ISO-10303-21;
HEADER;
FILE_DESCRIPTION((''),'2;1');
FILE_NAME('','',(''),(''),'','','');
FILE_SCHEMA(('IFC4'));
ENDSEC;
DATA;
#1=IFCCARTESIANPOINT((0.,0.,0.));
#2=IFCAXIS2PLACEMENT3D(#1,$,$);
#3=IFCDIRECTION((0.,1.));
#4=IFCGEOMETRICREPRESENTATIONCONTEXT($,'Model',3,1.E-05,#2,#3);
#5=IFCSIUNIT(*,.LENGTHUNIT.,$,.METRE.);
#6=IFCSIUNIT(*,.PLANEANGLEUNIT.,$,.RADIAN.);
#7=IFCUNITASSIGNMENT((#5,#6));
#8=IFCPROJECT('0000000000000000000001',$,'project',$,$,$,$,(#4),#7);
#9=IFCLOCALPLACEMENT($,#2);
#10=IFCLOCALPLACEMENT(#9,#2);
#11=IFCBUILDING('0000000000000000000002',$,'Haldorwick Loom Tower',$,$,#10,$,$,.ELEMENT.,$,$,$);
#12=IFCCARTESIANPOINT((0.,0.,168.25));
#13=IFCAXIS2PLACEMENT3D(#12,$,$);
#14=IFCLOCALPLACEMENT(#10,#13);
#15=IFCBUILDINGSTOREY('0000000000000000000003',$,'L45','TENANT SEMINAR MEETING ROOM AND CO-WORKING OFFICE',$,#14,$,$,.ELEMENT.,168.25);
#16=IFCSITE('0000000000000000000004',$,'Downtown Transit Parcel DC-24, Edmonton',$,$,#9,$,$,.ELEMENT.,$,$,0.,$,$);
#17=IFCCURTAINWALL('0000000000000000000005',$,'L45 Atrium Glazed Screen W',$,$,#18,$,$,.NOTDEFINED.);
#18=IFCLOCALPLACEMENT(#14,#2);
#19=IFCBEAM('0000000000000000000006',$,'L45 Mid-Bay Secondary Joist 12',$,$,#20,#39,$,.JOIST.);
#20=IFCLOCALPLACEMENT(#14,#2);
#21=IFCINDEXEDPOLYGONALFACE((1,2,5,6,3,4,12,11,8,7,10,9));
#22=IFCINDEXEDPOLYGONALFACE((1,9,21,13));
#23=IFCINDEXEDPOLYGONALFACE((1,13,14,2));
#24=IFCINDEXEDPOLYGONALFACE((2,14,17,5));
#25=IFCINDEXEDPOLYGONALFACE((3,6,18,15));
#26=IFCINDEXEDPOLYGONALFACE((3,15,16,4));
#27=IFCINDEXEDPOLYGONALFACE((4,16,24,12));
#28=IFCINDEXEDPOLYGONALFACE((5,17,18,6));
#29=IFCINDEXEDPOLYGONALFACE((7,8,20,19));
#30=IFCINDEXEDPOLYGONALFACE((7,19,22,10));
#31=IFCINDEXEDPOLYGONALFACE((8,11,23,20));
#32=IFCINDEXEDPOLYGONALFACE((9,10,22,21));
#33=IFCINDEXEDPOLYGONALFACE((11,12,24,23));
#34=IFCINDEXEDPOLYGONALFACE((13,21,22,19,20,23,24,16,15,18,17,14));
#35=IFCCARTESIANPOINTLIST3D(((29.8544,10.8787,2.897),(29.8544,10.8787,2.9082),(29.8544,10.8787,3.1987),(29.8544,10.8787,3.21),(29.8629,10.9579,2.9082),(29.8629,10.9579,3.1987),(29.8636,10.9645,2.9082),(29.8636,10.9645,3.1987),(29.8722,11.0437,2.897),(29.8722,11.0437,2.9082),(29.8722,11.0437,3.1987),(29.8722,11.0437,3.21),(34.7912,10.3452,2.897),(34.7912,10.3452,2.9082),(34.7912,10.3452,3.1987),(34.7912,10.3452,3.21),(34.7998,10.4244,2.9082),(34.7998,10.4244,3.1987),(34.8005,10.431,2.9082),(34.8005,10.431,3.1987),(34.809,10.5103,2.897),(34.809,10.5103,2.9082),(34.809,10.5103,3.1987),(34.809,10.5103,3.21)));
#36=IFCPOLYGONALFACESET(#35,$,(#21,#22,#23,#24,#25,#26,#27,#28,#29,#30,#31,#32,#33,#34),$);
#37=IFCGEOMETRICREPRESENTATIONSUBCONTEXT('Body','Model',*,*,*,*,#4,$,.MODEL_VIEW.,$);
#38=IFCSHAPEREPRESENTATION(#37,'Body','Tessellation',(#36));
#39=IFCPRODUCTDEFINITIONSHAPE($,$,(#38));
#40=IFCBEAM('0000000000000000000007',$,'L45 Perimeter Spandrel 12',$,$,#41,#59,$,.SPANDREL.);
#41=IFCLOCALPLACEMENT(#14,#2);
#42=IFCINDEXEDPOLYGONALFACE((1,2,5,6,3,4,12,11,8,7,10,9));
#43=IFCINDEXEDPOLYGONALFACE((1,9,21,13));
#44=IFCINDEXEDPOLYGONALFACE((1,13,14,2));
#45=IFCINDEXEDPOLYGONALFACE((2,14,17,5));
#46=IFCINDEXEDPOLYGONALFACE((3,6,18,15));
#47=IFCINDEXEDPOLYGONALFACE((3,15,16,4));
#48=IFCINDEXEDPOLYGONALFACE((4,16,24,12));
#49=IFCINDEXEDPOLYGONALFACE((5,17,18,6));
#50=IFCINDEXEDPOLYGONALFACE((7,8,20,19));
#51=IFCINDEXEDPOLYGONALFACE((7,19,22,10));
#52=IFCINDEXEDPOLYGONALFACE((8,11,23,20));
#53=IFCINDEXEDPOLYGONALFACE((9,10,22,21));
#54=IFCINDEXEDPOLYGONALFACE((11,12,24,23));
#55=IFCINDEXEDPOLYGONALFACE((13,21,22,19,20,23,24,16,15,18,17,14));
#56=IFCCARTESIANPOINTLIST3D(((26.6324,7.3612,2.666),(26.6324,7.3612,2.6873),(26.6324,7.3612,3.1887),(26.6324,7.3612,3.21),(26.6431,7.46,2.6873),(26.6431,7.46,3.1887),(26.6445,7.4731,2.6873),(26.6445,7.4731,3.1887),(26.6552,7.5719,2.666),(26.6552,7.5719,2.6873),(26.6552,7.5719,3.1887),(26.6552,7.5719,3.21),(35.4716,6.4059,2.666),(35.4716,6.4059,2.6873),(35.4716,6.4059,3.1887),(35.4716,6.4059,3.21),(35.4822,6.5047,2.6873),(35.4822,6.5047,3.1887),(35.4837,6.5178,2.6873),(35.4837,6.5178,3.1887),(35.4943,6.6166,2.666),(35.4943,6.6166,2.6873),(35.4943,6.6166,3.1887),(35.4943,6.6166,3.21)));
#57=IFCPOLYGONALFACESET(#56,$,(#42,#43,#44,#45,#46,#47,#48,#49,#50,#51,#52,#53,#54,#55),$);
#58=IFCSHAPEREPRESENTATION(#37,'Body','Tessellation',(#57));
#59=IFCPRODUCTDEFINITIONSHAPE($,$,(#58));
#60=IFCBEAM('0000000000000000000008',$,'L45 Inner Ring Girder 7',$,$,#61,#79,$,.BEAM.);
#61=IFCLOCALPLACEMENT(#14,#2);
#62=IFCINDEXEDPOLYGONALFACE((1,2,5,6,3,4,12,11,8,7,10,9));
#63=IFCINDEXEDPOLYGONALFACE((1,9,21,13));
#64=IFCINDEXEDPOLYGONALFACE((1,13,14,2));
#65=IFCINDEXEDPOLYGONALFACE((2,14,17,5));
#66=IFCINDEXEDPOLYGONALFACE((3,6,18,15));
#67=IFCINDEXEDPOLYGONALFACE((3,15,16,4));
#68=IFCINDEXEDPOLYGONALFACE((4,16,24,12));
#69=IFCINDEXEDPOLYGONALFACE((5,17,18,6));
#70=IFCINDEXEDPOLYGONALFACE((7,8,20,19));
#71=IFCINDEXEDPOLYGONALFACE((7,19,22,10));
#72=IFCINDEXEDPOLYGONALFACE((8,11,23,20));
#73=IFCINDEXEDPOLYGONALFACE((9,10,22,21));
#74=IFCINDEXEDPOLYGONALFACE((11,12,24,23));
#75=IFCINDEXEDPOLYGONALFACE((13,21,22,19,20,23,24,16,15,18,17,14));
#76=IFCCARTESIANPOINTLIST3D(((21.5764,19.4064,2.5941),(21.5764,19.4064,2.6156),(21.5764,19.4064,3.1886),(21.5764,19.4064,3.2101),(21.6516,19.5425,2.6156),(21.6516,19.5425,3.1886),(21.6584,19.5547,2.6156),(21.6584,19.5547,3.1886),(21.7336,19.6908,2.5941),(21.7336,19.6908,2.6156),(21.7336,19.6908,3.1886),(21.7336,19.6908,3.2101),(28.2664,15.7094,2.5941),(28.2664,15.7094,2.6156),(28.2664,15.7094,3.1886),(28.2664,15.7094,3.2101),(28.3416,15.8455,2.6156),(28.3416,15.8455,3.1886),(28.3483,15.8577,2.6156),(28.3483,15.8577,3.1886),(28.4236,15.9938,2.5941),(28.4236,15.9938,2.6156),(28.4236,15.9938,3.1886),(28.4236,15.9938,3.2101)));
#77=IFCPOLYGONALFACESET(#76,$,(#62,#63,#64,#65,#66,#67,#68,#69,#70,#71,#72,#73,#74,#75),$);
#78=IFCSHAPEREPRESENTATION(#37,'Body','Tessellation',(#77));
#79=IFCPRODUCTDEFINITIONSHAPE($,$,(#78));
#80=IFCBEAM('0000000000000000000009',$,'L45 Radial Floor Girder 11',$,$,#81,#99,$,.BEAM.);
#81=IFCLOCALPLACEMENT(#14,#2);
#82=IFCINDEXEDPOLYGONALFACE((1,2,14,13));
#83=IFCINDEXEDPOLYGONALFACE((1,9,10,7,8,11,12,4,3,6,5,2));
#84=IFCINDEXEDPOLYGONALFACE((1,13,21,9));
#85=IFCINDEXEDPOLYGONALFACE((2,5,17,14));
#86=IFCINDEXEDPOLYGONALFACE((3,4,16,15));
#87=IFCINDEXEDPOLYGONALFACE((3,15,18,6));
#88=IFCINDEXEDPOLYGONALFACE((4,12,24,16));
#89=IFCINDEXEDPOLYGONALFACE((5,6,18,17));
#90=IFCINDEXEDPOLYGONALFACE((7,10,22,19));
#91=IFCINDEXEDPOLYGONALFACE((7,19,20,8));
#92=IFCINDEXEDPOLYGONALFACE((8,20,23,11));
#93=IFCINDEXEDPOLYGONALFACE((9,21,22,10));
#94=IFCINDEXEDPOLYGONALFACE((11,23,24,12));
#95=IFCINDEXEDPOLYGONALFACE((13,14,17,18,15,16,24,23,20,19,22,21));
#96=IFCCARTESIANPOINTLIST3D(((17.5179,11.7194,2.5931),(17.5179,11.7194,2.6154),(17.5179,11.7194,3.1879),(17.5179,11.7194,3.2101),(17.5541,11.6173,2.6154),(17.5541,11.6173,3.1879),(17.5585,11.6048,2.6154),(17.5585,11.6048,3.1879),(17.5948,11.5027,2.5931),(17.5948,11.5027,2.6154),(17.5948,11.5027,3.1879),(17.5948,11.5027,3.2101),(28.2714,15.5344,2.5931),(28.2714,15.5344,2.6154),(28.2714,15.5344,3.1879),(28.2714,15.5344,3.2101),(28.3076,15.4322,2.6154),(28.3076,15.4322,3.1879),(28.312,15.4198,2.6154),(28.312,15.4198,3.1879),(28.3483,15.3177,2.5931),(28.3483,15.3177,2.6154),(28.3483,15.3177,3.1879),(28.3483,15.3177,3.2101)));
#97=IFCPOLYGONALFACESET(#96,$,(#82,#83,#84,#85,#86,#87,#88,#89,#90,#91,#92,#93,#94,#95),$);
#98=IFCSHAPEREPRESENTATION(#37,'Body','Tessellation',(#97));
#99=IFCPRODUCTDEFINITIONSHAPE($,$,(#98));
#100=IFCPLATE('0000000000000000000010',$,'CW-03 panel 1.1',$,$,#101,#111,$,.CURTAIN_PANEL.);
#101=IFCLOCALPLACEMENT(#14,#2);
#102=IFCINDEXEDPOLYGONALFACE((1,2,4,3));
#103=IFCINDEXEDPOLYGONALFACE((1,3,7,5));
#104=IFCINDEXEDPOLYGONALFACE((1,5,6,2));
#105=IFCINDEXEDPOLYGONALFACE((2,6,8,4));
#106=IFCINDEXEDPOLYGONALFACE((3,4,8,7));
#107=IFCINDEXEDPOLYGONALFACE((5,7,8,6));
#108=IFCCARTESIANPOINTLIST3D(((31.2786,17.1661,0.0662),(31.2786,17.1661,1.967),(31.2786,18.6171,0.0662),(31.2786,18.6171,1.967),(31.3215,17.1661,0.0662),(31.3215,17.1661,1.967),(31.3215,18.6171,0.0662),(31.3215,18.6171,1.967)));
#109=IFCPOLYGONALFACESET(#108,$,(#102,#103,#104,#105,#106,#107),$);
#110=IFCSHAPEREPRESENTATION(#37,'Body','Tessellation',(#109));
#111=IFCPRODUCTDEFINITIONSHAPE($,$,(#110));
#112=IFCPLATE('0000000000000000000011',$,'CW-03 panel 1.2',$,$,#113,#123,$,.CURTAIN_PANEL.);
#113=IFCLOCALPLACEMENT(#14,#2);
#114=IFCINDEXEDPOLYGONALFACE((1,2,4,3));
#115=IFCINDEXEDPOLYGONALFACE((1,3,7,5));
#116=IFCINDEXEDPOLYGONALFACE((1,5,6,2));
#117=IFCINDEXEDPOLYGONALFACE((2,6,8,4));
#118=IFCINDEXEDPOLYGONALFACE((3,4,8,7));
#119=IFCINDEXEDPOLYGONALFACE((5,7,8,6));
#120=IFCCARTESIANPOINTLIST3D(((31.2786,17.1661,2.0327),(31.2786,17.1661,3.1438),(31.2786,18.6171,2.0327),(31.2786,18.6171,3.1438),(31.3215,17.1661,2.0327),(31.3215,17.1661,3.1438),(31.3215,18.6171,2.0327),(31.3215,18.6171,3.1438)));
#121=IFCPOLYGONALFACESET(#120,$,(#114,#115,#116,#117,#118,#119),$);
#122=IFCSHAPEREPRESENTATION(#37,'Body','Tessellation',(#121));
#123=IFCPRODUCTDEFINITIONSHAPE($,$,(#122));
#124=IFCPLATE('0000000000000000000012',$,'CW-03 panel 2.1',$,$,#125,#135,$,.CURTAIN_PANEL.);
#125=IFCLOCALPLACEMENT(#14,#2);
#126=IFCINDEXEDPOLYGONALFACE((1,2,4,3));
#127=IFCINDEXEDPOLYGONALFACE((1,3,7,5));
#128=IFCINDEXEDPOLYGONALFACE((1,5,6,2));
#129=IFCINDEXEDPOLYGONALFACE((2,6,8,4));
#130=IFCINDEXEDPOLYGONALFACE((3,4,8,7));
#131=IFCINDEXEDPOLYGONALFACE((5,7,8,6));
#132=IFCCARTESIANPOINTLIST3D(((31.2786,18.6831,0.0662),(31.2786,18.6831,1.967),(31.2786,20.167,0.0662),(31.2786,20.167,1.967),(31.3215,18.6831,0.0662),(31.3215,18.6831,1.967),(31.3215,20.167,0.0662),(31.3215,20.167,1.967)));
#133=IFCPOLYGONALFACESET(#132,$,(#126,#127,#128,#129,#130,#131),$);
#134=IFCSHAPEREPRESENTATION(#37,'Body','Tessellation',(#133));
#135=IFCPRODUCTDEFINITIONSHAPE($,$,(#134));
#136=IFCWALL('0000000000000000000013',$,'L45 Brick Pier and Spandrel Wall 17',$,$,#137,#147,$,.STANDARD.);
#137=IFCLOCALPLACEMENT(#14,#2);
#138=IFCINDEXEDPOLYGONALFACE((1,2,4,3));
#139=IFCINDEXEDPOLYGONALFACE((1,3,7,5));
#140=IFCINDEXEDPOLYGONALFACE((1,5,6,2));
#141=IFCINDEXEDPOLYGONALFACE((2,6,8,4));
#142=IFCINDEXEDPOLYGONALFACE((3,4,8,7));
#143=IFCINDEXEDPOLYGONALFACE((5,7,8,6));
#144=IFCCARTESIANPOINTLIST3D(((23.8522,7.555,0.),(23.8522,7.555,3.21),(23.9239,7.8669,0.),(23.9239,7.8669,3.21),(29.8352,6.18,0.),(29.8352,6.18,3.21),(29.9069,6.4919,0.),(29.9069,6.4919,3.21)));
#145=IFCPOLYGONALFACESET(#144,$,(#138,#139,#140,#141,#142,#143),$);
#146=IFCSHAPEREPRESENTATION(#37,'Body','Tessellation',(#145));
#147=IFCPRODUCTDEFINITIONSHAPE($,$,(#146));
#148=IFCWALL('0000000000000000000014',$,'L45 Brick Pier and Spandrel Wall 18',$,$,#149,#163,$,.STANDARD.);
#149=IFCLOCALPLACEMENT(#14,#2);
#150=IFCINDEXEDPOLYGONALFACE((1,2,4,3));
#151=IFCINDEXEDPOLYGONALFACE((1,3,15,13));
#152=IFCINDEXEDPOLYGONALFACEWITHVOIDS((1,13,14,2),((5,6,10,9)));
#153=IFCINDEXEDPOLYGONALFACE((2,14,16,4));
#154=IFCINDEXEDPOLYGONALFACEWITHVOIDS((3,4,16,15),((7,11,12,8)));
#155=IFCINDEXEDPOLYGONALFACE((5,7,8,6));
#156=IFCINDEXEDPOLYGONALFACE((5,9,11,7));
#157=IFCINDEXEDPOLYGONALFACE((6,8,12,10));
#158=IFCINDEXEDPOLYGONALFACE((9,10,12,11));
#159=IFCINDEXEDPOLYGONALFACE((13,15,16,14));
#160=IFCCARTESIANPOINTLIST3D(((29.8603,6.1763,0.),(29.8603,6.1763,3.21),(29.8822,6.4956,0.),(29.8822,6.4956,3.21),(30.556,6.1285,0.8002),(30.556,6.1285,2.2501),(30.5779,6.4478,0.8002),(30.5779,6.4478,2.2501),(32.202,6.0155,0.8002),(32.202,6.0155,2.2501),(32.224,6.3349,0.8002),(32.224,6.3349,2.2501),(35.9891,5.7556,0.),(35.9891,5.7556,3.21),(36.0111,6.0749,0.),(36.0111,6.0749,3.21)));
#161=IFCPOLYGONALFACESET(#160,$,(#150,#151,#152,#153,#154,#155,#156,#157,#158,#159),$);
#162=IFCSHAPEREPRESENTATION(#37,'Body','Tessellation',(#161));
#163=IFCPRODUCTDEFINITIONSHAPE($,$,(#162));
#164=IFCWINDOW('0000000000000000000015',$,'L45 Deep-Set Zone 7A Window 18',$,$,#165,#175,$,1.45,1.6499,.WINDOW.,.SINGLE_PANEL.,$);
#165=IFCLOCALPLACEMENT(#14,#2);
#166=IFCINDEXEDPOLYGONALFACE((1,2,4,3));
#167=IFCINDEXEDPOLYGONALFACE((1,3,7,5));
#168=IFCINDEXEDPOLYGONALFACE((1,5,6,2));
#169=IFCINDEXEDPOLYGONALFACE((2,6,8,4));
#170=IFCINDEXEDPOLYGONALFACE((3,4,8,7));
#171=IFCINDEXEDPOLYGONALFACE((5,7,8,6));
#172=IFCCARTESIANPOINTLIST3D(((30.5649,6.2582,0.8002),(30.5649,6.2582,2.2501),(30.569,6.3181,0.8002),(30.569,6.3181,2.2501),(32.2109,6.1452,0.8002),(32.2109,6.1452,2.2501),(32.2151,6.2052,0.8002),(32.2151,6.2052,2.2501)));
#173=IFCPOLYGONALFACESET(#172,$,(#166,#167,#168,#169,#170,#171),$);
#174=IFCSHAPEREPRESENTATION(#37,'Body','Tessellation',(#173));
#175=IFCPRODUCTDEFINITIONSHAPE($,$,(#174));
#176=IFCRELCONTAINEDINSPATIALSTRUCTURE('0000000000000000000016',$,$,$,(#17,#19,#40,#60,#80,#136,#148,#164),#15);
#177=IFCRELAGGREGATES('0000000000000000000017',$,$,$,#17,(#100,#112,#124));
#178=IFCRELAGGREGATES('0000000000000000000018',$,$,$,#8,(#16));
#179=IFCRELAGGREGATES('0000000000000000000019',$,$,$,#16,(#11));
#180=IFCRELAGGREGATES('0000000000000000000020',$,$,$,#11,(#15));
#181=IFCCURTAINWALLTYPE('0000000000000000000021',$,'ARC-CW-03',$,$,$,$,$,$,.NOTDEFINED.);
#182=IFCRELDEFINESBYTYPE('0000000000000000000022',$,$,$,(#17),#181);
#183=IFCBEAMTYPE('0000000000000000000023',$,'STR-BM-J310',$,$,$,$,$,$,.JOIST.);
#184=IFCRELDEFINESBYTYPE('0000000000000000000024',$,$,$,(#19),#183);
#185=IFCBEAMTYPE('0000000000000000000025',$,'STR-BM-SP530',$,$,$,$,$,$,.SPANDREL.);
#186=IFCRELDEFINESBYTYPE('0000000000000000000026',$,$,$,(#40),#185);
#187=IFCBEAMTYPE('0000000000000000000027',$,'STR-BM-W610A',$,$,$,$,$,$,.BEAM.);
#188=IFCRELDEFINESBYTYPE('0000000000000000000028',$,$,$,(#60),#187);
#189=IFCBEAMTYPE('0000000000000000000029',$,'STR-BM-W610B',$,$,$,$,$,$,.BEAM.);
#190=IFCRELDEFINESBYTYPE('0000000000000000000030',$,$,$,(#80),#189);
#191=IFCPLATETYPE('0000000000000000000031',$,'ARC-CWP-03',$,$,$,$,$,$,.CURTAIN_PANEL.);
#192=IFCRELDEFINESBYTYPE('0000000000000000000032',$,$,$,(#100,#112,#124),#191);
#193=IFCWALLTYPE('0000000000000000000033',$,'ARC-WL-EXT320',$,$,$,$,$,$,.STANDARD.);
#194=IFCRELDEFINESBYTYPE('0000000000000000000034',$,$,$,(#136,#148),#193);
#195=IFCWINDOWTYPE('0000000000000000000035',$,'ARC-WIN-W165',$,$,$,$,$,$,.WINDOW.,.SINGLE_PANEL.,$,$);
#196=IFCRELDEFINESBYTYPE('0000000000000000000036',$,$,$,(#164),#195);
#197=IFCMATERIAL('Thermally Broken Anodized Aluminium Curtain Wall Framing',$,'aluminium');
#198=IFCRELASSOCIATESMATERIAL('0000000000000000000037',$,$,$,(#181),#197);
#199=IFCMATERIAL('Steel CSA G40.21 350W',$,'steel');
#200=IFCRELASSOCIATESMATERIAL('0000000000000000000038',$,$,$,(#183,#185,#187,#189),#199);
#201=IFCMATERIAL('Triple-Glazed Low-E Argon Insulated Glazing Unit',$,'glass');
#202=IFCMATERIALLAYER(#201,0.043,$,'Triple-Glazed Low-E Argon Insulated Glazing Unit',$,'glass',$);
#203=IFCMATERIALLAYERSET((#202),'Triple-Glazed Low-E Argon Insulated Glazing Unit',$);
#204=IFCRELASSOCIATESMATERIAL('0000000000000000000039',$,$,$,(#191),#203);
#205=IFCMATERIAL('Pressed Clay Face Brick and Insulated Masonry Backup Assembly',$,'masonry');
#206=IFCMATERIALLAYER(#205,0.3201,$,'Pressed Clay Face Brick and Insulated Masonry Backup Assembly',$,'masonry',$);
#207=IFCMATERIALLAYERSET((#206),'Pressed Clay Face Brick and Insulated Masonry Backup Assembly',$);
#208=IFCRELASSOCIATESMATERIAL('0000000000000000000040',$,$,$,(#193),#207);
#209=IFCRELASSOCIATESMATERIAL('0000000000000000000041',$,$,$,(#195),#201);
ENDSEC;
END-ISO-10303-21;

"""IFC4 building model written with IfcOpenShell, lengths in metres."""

from ifc_helpers import new_model, si_unit, direction, frame, frame_2d, origin, origin_2d, place, context, subcontext, project, spatial, rectangle, i_section, extrude, material, layer, layer_set, material_profile, profile_set, type_object, element, fill, aggregate, save


model = new_model("IFC4")

# Units and contexts
model_context = context("Model", 3, precision=1e-05, world=origin(), true_north=direction((0.0, 1.0)))
body_context = subcontext(model_context, "Body", "Model", "MODEL_VIEW")
ifc_project = project(units=[si_unit("LENGTHUNIT", "METRE"), si_unit("PLANEANGLEUNIT", "RADIAN")], contexts=[model_context])

# Site, building, storey
site_placement = place(None, origin())
site = spatial("IfcSite", under=ifc_project, at=site_placement, Name="Downtown Transit Parcel DC-24, Edmonton", CompositionType="ELEMENT", RefElevation=0.0)
building_placement = place(site_placement, origin())
building = spatial("IfcBuilding", under=site, at=building_placement, Name="Haldorwick Loom Tower", CompositionType="ELEMENT")
storey_placement = place(building_placement, frame((0.0, 0.0, 168.25)))
storey = spatial("IfcBuildingStorey", under=building, at=storey_placement, Name="L45", Description="TENANT SEMINAR MEETING ROOM AND CO-WORKING OFFICE", CompositionType="ELEMENT", Elevation=168.25)

# Curtain wall
ifc_material_1 = material(Name="Thermally Broken Anodized Aluminium Curtain Wall Framing", Category="aluminium")
curtain_wall_type = type_object("IfcCurtainWallType", Name="ARC-CW-03", PredefinedType="NOTDEFINED", material=ifc_material_1)
curtain_wall_placement = place(storey_placement, origin())
curtain_wall = element("IfcCurtainWall", 1, at=curtain_wall_placement, inside=storey, type_object=curtain_wall_type, Name="L45 Atrium Glazed Screen W", PredefinedType="NOTDEFINED")

# Beams
ifc_material_2 = material(Name="Steel CSA G40.21 350W", Category="steel")
ifc_material_profile_1 = material_profile(ifc_material_2, i_section(OverallWidth=0.166, OverallDepth=0.313, WebThickness=0.0066, FlangeThickness=0.0112, at=origin_2d()), Name="W310X45", Category="steel")
ifc_profile_set_1 = profile_set([ifc_material_profile_1], Name="Steel CSA G40.21 350W")
beam_type_1 = type_object("IfcBeamType", Name="STR-BM-J310", PredefinedType="JOIST", material=ifc_profile_set_1)
beam_1_placement = place(storey_placement, frame((29.8633, 10.9612, 3.0535), z_axis=(0.994213, -0.107431, 0.0), x_axis=(0.107431, 0.994213, 0.0)))
element("IfcBeam", 2, at=beam_1_placement, inside=storey, type_object=beam_type_1, Name="L45 Mid-Bay Secondary Joist 12", PredefinedType="JOIST", context=body_context, shape_type="SweptSolid", body=[
    extrude(i_section(OverallWidth=0.166, OverallDepth=0.313, WebThickness=0.0066, FlangeThickness=0.0112, at=origin_2d()), origin(), (0.0, 0.0, 1.0), 4.9656),
])
ifc_material_profile_2 = material_profile(ifc_material_2, i_section(OverallWidth=0.2119, OverallDepth=0.5439, WebThickness=0.0132, FlangeThickness=0.0212, at=origin_2d()), Name="W530X123", Category="steel")
ifc_profile_set_2 = profile_set([ifc_material_profile_2], Name="Steel CSA G40.21 350W")
beam_type_2 = type_object("IfcBeamType", Name="STR-BM-SP530", PredefinedType="SPANDREL", material=ifc_profile_set_2)
beam_2_placement = place(storey_placement, frame((26.6438, 7.4666, 2.938), z_axis=(0.99421, -0.107453, 0.0), x_axis=(0.107453, 0.99421, 0.0)))
element("IfcBeam", 3, at=beam_2_placement, inside=storey, type_object=beam_type_2, Name="L45 Perimeter Spandrel 12", PredefinedType="SPANDREL", context=body_context, shape_type="SweptSolid", body=[
    extrude(i_section(OverallWidth=0.2119, OverallDepth=0.5439, WebThickness=0.0132, FlangeThickness=0.0212, at=origin_2d()), origin(), (0.0, 0.0, 1.0), 8.8906),
])
ifc_material_profile_3 = material_profile(ifc_material_2, i_section(OverallWidth=0.325, OverallDepth=0.616, WebThickness=0.0139, FlangeThickness=0.0215, at=origin_2d()), Name="W610X174", Category="steel")
ifc_profile_set_3 = profile_set([ifc_material_profile_3], Name="Steel CSA G40.21 350W")
beam_type_3 = type_object("IfcBeamType", Name="STR-BM-W610A", PredefinedType="BEAM", material=ifc_profile_set_3)
beam_3_placement = place(storey_placement, frame((28.345, 15.8516, 2.9021), z_axis=(-0.875244, 0.483681, 0.0), x_axis=(-0.483681, -0.875244, 0.0)))
element("IfcBeam", 4, at=beam_3_placement, inside=storey, type_object=beam_type_3, Name="L45 Inner Ring Girder 7", PredefinedType="BEAM", context=body_context, shape_type="SweptSolid", body=[
    extrude(i_section(OverallWidth=0.325, OverallDepth=0.616, WebThickness=0.0139, FlangeThickness=0.0215, at=origin_2d()), origin(), (0.0, 0.0, 1.0), 7.6436),
])
ifc_material_profile_4 = material_profile(ifc_material_2, i_section(OverallWidth=0.23, OverallDepth=0.6169, WebThickness=0.0132, FlangeThickness=0.0222, at=origin_2d()), Name="W610X140", Category="steel")
ifc_profile_set_4 = profile_set([ifc_material_profile_4], Name="Steel CSA G40.21 350W")
beam_type_4 = type_object("IfcBeamType", Name="STR-BM-W610B", PredefinedType="BEAM", material=ifc_profile_set_4)
beam_4_placement = place(storey_placement, frame((28.3098, 15.426, 2.9016), z_axis=(-0.942449, -0.334349, 0.0), x_axis=(0.334349, -0.942449, 0.0)))
element("IfcBeam", 5, at=beam_4_placement, inside=storey, type_object=beam_type_4, Name="L45 Radial Floor Girder 11", PredefinedType="BEAM", context=body_context, shape_type="SweptSolid", body=[
    extrude(i_section(OverallWidth=0.23, OverallDepth=0.6169, WebThickness=0.0132, FlangeThickness=0.0222, at=origin_2d()), origin(), (0.0, 0.0, 1.0), 11.4102),
])

# Plates
ifc_material_3 = material(Name="Triple-Glazed Low-E Argon Insulated Glazing Unit", Category="glass")
ifc_layer_1 = layer(ifc_material_3, 0.043, Name="Triple-Glazed Low-E Argon Insulated Glazing Unit", Category="glass")
ifc_layer_set_1 = layer_set([ifc_layer_1], Name="Triple-Glazed Low-E Argon Insulated Glazing Unit")
plate_type = type_object("IfcPlateType", Name="ARC-CWP-03", PredefinedType="CURTAIN_PANEL", material=ifc_layer_set_1)
plate_1_placement = place(storey_placement, frame((31.3, 17.8916, 0.0662), z_axis=(0.0, 0.0, 1.0), x_axis=(0.0, 1.0, 0.0)))
plate_1 = element("IfcPlate", 6, at=plate_1_placement, type_object=plate_type, Name="CW-03 panel 1.1", PredefinedType="CURTAIN_PANEL", context=body_context, shape_type="SweptSolid", body=[
    extrude(rectangle(XDim=1.4509, YDim=0.043, at=origin_2d()), origin(), (0.0, 0.0, 1.0), 1.9009),
])
plate_2_placement = place(storey_placement, frame((31.3, 17.8916, 2.0327), z_axis=(0.0, 0.0, 1.0), x_axis=(0.0, 1.0, 0.0)))
plate_2 = element("IfcPlate", 7, at=plate_2_placement, type_object=plate_type, Name="CW-03 panel 1.2", PredefinedType="CURTAIN_PANEL", context=body_context, shape_type="SweptSolid", body=[
    extrude(rectangle(XDim=1.4509, YDim=0.043, at=origin_2d()), origin(), (0.0, 0.0, 1.0), 1.1111),
])
plate_3_placement = place(storey_placement, frame((31.3, 19.425, 0.0662), z_axis=(0.0, 0.0, 1.0), x_axis=(0.0, 1.0, 0.0)))
plate_3 = element("IfcPlate", 8, at=plate_3_placement, type_object=plate_type, Name="CW-03 panel 2.1", PredefinedType="CURTAIN_PANEL", context=body_context, shape_type="SweptSolid", body=[
    extrude(rectangle(XDim=1.4839, YDim=0.043, at=origin_2d()), origin(), (0.0, 0.0, 1.0), 1.9009),
])
aggregate(curtain_wall, [plate_1, plate_2, plate_3])

# Wall
ifc_material_4 = material(Name="Pressed Clay Face Brick and Insulated Masonry Backup Assembly", Category="masonry")
ifc_layer_2 = layer(ifc_material_4, 0.3201, Name="Pressed Clay Face Brick and Insulated Masonry Backup Assembly", Category="masonry")
ifc_layer_set_2 = layer_set([ifc_layer_2], Name="Pressed Clay Face Brick and Insulated Masonry Backup Assembly")
wall_type_1 = type_object("IfcWallType", Name="ARC-WL-EXT320", PredefinedType="STANDARD", material=ifc_layer_set_2)
wall_1_placement = place(storey_placement, frame((23.8882, 7.7109, 0.0), z_axis=(0.0, 0.0, 1.0), x_axis=(0.974593, -0.223982, 0.0)))
element("IfcWall", 9, at=wall_1_placement, inside=storey, type_object=wall_type_1, Name="L45 Brick Pier and Spandrel Wall 17", PredefinedType="STANDARD", context=body_context, shape_type="SweptSolid", body=[
    extrude(rectangle(XDim=6.1389, YDim=0.3201, at=frame_2d((3.0693, 0.0))), origin(), (0.0, 0.0, 1.0), 3.21),
])

# Wall, opening, window
wall_2_placement = place(storey_placement, frame((29.8711, 6.3359, 0.0), z_axis=(0.0, 0.0, 1.0), x_axis=(0.997653, -0.068473, 0.0)))
wall_2 = element("IfcWall", 10, at=wall_2_placement, inside=storey, type_object=wall_type_1, Name="L45 Brick Pier and Spandrel Wall 18", PredefinedType="STANDARD", context=body_context, shape_type="SweptSolid", body=[
    extrude(rectangle(XDim=6.1433, YDim=0.3201, at=frame_2d((3.0718, 0.0))), origin(), (0.0, 0.0, 1.0), 3.21),
])
opening_placement = place(wall_2_placement, frame((0.6975, 0.0, 0.8)))
opening = element("IfcOpeningElement", 11, at=opening_placement, cuts=wall_2, PredefinedType="OPENING", context=body_context, shape_type="SweptSolid", body=[
    extrude(rectangle(XDim=1.6499, YDim=1.45, at=frame_2d((0.825, 0.7251))), frame((0.0, 0.1699, 0.0), z_axis=(0.0, -1.0, 0.0), x_axis=(1.0, 0.0, 0.0)), (0.0, 0.0, 1.0), 0.3401),
])
window_type = type_object("IfcWindowType", Name="ARC-WIN-W165", PartitioningType="SINGLE_PANEL", PredefinedType="WINDOW", material=ifc_material_3)
window_placement = place(opening_placement, origin())
window = element("IfcWindow", 12, at=window_placement, inside=storey, type_object=window_type, Name="L45 Deep-Set Zone 7A Window 18", OverallHeight=1.45, OverallWidth=1.6499, PartitioningType="SINGLE_PANEL", PredefinedType="WINDOW", context=body_context, shape_type="SweptSolid", body=[
    extrude(rectangle(XDim=1.6499, YDim=1.45, at=frame_2d((0.825, 0.7251))), frame((0.0, 0.03, 0.0), z_axis=(0.0, -1.0, 0.0), x_axis=(1.0, 0.0, 0.0)), (0.0, 0.0, 1.0), 0.0601),
])
fill(opening, window)

save(model, "model.ifc")
